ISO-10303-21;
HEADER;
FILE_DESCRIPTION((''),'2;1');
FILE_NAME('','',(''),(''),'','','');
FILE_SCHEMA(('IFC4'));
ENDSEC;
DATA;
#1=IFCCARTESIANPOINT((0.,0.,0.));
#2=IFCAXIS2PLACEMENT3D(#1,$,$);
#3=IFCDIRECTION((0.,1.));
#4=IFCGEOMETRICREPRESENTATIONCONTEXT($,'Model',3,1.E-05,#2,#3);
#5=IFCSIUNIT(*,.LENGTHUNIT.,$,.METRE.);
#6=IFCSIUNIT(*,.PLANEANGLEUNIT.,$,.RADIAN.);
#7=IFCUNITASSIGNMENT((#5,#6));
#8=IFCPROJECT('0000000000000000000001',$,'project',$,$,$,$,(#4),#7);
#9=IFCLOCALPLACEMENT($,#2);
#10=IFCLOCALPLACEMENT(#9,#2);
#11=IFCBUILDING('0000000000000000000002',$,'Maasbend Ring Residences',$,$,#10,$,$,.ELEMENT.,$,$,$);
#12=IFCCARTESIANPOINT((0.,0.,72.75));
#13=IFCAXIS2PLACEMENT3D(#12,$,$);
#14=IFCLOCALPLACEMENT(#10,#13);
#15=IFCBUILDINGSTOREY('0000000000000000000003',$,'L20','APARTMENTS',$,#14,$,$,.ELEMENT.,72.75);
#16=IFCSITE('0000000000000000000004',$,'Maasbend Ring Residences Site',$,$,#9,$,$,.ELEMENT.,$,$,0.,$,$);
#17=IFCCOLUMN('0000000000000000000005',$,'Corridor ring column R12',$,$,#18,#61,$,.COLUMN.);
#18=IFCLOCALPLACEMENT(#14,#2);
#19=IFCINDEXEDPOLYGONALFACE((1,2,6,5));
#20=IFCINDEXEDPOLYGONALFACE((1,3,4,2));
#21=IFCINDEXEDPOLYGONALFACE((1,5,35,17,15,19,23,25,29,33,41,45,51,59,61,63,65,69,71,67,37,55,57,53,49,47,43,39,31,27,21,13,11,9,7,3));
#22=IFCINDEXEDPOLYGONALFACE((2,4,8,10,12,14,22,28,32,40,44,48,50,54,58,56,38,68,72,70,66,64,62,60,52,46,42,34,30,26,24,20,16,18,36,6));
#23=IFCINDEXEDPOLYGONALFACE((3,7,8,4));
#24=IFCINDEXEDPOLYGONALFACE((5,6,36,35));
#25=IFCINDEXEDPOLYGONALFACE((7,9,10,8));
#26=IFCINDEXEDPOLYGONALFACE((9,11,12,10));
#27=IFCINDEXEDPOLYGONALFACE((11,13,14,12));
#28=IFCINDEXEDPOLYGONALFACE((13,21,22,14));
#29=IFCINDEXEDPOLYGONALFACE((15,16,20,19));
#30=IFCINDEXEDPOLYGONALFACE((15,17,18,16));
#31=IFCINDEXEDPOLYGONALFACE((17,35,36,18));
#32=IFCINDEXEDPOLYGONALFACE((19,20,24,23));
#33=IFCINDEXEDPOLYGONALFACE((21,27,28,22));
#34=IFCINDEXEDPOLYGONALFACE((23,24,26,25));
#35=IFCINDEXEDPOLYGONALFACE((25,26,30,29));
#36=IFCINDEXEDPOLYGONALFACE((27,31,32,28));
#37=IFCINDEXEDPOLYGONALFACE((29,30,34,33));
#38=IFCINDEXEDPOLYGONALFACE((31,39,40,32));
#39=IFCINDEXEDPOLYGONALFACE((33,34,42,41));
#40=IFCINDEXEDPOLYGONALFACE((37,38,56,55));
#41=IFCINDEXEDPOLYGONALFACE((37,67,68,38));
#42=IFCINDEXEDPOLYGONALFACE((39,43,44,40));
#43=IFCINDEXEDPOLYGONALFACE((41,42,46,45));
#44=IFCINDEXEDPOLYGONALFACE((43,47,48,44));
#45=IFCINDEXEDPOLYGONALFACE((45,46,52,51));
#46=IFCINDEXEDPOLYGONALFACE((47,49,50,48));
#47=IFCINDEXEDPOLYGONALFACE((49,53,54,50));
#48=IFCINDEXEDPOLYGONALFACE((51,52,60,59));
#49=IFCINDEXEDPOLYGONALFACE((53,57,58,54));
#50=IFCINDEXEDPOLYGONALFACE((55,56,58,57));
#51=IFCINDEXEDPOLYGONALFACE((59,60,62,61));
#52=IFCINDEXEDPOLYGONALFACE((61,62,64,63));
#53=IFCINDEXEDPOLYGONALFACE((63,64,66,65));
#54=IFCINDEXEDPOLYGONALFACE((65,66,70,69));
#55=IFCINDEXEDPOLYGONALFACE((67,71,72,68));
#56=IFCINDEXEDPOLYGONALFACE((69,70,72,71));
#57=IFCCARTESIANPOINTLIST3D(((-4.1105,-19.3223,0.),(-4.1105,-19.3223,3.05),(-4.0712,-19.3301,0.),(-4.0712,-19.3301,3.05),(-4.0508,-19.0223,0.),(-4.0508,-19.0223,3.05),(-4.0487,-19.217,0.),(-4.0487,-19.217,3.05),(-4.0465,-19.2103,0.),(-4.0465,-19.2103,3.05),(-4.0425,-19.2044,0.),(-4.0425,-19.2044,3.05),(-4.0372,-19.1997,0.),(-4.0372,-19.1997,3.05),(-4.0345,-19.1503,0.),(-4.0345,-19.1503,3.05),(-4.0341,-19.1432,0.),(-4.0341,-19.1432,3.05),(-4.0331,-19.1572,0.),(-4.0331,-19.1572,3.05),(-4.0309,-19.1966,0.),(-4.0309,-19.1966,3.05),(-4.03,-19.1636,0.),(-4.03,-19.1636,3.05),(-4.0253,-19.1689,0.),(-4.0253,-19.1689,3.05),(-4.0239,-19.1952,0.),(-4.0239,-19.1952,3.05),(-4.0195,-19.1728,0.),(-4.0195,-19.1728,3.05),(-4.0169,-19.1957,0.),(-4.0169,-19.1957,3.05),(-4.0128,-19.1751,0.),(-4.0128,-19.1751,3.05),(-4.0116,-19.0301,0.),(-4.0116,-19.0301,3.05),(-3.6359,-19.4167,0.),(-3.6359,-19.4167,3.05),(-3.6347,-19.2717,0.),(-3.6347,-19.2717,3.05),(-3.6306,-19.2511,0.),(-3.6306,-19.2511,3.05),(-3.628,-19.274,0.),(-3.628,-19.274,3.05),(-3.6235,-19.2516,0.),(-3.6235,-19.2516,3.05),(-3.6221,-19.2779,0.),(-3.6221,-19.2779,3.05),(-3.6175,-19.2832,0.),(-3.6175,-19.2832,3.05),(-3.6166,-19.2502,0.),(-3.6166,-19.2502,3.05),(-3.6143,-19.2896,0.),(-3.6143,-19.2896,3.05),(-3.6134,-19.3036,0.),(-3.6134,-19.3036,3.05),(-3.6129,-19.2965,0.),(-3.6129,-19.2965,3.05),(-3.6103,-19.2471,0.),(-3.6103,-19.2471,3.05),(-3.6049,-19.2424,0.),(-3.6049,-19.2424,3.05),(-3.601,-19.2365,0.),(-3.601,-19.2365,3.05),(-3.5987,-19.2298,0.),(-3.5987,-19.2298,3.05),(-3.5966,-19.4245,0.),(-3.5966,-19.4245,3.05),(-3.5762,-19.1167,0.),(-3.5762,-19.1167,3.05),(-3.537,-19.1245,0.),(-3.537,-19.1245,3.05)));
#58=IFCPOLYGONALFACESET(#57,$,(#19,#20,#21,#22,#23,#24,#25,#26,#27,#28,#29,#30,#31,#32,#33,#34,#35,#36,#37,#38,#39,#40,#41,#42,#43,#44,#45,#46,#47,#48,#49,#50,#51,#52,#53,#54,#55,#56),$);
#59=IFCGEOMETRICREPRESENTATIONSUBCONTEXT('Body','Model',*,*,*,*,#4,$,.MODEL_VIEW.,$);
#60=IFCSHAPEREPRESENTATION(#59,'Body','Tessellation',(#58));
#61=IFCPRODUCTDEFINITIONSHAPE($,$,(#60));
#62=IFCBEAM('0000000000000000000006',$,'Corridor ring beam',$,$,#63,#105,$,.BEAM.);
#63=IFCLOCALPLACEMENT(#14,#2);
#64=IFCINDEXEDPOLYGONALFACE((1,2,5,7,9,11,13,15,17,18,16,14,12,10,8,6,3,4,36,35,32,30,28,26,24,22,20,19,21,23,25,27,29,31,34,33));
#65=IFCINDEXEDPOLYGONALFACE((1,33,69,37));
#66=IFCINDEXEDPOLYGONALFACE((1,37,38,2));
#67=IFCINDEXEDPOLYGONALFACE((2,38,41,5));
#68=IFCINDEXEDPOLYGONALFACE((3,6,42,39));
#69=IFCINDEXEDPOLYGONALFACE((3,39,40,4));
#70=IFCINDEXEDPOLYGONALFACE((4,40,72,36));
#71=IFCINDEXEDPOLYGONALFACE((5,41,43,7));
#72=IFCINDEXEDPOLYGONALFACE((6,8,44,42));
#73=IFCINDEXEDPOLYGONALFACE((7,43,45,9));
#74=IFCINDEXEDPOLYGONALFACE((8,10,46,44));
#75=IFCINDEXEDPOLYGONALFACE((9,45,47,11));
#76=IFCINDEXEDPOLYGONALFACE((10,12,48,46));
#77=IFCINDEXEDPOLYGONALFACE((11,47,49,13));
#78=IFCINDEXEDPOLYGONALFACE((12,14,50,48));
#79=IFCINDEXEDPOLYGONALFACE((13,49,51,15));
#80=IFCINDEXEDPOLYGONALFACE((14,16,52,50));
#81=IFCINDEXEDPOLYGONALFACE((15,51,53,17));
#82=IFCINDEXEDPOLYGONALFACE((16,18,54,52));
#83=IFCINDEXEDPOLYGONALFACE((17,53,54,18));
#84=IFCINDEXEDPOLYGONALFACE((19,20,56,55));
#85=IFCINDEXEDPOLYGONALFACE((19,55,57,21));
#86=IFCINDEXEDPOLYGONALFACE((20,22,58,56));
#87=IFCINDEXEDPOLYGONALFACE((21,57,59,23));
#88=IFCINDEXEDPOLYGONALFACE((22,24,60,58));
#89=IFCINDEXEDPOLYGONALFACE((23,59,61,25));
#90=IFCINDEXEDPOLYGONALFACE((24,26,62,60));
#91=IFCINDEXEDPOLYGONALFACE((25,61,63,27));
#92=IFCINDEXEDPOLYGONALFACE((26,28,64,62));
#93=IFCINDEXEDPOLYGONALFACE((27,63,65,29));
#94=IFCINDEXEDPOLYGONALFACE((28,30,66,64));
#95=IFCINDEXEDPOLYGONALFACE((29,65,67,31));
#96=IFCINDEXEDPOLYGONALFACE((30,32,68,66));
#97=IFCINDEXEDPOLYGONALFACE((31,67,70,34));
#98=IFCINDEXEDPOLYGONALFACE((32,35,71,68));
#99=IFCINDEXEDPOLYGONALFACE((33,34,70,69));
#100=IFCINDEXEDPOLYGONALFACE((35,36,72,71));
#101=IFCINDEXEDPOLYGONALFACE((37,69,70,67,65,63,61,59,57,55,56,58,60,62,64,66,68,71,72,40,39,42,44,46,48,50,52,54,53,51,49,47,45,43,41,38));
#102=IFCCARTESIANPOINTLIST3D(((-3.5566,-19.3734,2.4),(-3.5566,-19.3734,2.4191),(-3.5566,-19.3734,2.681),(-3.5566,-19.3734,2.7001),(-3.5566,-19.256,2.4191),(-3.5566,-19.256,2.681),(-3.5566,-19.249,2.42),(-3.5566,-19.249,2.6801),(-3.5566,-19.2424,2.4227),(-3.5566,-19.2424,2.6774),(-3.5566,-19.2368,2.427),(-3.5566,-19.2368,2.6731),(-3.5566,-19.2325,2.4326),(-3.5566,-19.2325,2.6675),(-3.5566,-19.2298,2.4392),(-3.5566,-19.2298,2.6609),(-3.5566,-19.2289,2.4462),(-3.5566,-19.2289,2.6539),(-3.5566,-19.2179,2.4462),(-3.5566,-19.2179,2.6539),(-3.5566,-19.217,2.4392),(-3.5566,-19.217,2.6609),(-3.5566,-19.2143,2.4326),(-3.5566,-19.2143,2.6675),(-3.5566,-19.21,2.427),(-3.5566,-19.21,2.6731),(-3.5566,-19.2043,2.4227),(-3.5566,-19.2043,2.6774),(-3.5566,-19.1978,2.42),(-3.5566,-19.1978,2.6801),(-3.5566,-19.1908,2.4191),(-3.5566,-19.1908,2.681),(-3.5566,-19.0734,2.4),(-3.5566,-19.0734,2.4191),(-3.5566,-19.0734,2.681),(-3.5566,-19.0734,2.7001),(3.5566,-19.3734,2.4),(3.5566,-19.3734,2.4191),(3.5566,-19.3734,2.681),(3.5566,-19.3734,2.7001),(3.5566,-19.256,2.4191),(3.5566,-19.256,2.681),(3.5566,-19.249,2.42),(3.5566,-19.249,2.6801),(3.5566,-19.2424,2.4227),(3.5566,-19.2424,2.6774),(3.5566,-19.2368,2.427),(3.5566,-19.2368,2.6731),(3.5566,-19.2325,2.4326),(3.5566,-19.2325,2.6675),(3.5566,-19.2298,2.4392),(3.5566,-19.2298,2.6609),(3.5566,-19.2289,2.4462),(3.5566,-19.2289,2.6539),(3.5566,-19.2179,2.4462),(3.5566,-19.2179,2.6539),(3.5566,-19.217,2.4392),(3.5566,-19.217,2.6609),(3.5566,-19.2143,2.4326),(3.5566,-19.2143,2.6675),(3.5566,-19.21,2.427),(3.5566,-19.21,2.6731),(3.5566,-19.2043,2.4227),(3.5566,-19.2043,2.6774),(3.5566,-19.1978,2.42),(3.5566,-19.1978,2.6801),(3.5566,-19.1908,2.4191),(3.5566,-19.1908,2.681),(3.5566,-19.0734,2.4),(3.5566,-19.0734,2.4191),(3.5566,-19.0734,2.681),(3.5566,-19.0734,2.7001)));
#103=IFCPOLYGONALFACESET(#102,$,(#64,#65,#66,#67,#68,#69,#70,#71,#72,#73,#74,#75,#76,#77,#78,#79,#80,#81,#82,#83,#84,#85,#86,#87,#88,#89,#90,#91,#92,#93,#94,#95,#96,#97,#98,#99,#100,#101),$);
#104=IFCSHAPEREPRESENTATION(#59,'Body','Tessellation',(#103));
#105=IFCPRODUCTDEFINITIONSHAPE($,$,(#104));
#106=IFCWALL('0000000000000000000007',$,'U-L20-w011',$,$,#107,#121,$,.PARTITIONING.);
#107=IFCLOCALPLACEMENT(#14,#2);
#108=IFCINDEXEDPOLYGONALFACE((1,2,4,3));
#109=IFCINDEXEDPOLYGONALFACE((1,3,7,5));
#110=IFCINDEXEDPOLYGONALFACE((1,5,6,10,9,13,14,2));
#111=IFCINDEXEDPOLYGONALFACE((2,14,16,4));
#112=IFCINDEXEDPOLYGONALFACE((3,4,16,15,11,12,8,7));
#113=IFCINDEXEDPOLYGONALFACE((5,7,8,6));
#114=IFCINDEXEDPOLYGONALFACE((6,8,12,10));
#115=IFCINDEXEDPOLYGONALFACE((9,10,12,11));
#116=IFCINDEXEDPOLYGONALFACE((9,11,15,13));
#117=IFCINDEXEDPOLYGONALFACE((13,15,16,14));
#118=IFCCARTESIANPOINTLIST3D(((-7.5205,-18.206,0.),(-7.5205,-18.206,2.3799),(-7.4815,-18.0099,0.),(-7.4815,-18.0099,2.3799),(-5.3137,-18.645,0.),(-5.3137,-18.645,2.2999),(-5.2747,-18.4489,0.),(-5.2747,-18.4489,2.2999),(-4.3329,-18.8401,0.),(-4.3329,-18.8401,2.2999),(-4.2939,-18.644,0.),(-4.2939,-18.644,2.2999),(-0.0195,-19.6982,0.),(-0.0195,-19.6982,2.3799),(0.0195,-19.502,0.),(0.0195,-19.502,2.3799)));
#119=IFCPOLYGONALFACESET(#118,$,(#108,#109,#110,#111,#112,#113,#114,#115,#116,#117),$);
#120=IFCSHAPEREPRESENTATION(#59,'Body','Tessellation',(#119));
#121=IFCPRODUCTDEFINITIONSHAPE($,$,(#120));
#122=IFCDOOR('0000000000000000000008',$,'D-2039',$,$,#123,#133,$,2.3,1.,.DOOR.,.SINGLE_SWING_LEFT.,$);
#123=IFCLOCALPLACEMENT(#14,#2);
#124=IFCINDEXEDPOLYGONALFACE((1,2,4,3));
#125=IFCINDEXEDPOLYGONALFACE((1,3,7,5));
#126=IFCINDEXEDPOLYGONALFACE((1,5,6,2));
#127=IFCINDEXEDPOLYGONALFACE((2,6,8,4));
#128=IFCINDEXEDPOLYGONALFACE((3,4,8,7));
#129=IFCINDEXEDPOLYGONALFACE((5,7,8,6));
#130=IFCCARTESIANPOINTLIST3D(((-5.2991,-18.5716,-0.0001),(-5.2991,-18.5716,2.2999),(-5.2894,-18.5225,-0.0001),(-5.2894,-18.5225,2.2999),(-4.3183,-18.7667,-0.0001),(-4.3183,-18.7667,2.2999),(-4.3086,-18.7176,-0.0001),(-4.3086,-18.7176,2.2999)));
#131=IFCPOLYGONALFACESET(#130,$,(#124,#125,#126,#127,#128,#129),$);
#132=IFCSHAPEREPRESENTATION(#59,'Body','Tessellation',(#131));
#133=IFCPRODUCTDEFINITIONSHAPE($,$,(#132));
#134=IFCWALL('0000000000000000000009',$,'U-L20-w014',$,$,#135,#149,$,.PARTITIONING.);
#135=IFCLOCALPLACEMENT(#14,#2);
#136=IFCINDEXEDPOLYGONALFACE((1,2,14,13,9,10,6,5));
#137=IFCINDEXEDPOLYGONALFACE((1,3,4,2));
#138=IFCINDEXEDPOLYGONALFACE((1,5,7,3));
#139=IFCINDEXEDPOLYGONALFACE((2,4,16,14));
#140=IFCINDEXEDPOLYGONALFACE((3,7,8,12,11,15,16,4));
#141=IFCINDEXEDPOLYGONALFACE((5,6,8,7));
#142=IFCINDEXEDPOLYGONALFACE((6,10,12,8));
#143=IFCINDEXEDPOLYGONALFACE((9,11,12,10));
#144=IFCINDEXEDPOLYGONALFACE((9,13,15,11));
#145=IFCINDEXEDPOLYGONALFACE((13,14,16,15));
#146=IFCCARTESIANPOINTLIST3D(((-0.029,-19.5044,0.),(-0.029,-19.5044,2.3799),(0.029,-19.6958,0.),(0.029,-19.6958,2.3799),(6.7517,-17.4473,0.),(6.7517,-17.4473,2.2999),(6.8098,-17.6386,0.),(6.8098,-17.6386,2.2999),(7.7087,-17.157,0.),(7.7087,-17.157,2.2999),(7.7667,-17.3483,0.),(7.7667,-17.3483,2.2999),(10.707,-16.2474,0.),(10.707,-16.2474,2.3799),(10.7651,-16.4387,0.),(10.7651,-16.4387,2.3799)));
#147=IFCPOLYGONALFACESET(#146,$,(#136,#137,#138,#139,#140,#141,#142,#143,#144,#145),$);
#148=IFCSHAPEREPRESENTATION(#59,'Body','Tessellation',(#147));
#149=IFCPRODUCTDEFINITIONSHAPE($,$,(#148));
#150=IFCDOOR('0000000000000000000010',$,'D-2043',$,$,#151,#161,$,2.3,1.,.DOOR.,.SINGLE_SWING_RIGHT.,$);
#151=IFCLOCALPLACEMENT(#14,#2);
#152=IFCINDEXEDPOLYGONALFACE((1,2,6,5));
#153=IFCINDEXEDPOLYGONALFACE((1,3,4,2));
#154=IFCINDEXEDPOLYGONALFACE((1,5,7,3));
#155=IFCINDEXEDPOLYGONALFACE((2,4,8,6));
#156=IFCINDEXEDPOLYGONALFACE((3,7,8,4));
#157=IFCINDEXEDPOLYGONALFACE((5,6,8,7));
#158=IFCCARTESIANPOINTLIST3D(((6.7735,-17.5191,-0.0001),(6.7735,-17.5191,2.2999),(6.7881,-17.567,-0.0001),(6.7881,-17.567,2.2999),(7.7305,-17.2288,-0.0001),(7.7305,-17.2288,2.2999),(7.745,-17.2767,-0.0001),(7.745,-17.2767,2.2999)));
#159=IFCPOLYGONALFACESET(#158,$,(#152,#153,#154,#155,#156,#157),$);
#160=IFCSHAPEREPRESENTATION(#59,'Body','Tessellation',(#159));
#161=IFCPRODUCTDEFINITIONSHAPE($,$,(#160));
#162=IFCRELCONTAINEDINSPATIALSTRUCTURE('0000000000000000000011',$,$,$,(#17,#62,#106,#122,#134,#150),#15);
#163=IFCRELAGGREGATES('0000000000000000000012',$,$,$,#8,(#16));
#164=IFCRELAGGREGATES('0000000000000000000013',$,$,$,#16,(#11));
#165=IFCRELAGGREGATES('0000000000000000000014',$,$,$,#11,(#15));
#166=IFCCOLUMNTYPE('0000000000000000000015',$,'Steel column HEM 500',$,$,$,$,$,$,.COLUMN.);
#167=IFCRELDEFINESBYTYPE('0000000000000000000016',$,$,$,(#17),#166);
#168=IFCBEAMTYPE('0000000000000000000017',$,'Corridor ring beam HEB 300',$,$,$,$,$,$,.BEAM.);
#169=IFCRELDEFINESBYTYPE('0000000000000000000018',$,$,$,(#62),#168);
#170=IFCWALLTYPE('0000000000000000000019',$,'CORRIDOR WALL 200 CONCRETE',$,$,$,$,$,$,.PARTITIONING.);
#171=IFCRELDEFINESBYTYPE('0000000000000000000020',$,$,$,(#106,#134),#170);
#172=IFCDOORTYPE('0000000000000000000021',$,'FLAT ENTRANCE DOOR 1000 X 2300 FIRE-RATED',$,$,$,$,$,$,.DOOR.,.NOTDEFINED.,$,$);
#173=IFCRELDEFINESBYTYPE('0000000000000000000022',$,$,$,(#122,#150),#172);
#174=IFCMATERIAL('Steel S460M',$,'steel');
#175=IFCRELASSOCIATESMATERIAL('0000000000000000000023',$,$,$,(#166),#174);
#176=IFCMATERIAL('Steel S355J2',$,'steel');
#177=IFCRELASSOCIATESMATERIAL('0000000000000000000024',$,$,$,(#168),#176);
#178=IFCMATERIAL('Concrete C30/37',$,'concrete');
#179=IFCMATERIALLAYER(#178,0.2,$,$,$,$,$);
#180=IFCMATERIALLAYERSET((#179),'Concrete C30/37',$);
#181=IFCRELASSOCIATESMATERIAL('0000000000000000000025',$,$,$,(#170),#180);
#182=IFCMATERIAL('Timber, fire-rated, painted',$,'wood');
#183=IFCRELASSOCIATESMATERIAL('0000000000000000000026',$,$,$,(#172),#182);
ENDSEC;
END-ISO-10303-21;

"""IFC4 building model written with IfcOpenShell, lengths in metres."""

from ifc_helpers import new_model, si_unit, direction, frame, frame_2d, origin, origin_2d, place, context, subcontext, project, spatial, rectangle, i_section, extrude, material, layer, layer_set, material_profile, profile_set, type_object, element, fill, save


model = new_model("IFC4")

# Units and contexts
model_context = context("Model", 3, precision=1e-05, world=origin(), true_north=direction((0.0, 1.0)))
body_context = subcontext(model_context, "Body", "Model", "MODEL_VIEW")
ifc_project = project(units=[si_unit("LENGTHUNIT", "METRE"), si_unit("PLANEANGLEUNIT", "RADIAN")], contexts=[model_context])

# Site, building, storey
site_placement = place(None, origin())
site = spatial("IfcSite", under=ifc_project, at=site_placement, Name="Maasbend Ring Residences Site", CompositionType="ELEMENT", RefElevation=0.0)
building_placement = place(site_placement, origin())
building = spatial("IfcBuilding", under=site, at=building_placement, Name="Maasbend Ring Residences", CompositionType="ELEMENT")
storey_placement = place(building_placement, frame((0.0, 0.0, 72.75)))
storey = spatial("IfcBuildingStorey", under=building, at=storey_placement, Name="L20", Description="APARTMENTS", CompositionType="ELEMENT", Elevation=72.75)

# Column
ifc_material_1 = material(Name="Steel S460M", Category="steel")
ifc_material_profile_1 = material_profile(ifc_material_1, i_section(OverallWidth=0.3059, OverallDepth=0.5239, WebThickness=0.021, FlangeThickness=0.04, FilletRadius=0.0271, at=origin_2d()), Name="HEM 500")
ifc_profile_set_1 = profile_set([ifc_material_profile_1], Name="Steel S460M")
column_type = type_object("IfcColumnType", Name="Steel column HEM 500", PredefinedType="COLUMN", material=ifc_profile_set_1)
column_placement = place(storey_placement, frame((-3.8237, -19.2234, 0.0), z_axis=(0.0, 0.0, 1.0), x_axis=(-0.19509, -0.980785, 0.0)))
element("IfcColumn", 1, at=column_placement, inside=storey, type_object=column_type, Name="Corridor ring column R12", PredefinedType="COLUMN", context=body_context, shape_type="SweptSolid", body=[
    extrude(i_section(OverallWidth=0.3059, OverallDepth=0.5239, WebThickness=0.021, FlangeThickness=0.04, FilletRadius=0.0271, at=origin_2d()), origin(), (0.0, 0.0, 1.0), 3.05),
])

# Beam
ifc_material_2 = material(Name="Steel S355J2", Category="steel")
ifc_material_profile_2 = material_profile(ifc_material_2, i_section(OverallWidth=0.3, OverallDepth=0.3, WebThickness=0.011, FlangeThickness=0.019, FilletRadius=0.0271, at=origin_2d()), Name="HEB 300")
ifc_profile_set_2 = profile_set([ifc_material_profile_2], Name="Steel S355J2")
beam_type = type_object("IfcBeamType", Name="Corridor ring beam HEB 300", PredefinedType="BEAM", material=ifc_profile_set_2)
beam_placement = place(storey_placement, frame((-3.5566, -19.2234, 2.55), z_axis=(1.0, 0.0, 0.0), x_axis=(0.0, 1.0, 0.0)))
element("IfcBeam", 2, at=beam_placement, inside=storey, type_object=beam_type, Name="Corridor ring beam", PredefinedType="BEAM", context=body_context, shape_type="SweptSolid", body=[
    extrude(i_section(OverallWidth=0.3, OverallDepth=0.3, WebThickness=0.011, FlangeThickness=0.019, FilletRadius=0.0271, at=origin_2d()), origin(), (0.0, 0.0, 1.0), 7.1133),
])

# Walls, openings, doors
ifc_material_3 = material(Name="Concrete C30/37", Category="concrete")
ifc_layer_1 = layer(ifc_material_3, 0.2)
ifc_layer_set_1 = layer_set([ifc_layer_1], Name="Concrete C30/37")
wall_type_1 = type_object("IfcWallType", Name="CORRIDOR WALL 200 CONCRETE", PredefinedType="PARTITIONING", material=ifc_layer_set_1)
wall_1_placement = place(storey_placement, frame((-7.501, -18.1079, 0.0), z_axis=(0.0, 0.0, 1.0), x_axis=(0.980782, -0.195109, 0.0)))
wall_1 = element("IfcWall", 3, at=wall_1_placement, inside=storey, type_object=wall_type_1, Name="U-L20-w011", PredefinedType="PARTITIONING", context=body_context, shape_type="SweptSolid", body=[
    extrude(rectangle(XDim=7.6479, YDim=0.2, at=frame_2d((3.824, 0.0))), origin(), (0.0, 0.0, 1.0), 2.3799),
])
opening_1_placement = place(wall_1_placement, frame((2.25, 0.0, 0.0)))
opening_1 = element("IfcOpeningElement", 4, at=opening_1_placement, cuts=wall_1, PredefinedType="OPENING", context=body_context, shape_type="SweptSolid", body=[
    extrude(rectangle(XDim=1.0, YDim=2.3, at=frame_2d((0.5, 1.1499))), frame((0.0, 0.1099, 0.0), z_axis=(0.0, -1.0, 0.0), x_axis=(1.0, 0.0, 0.0)), (0.0, 0.0, 1.0), 0.22),
])
ifc_material_4 = material(Name="Timber, fire-rated, painted", Category="wood")
door_type_1 = type_object("IfcDoorType", Name="FLAT ENTRANCE DOOR 1000 X 2300 FIRE-RATED", OperationType="NOTDEFINED", PredefinedType="DOOR", material=ifc_material_4)
door_1_placement = place(opening_1_placement, origin())
door_1 = element("IfcDoor", 5, at=door_1_placement, inside=storey, type_object=door_type_1, Name="D-2039", OperationType="SINGLE_SWING_LEFT", OverallHeight=2.3, OverallWidth=1.0, PredefinedType="DOOR", context=body_context, shape_type="SweptSolid", body=[
    extrude(rectangle(XDim=1.0, YDim=2.3, at=frame_2d((0.5, 1.1499))), frame((0.0, 0.0249, 0.0), z_axis=(0.0, -1.0, 0.0), x_axis=(1.0, 0.0, 0.0)), (0.0, 0.0, 1.0), 0.05),
])
fill(opening_1, door_1)
wall_2_placement = place(storey_placement, frame((0.0, -19.6001, 0.0), z_axis=(0.0, 0.0, 1.0), x_axis=(0.956932, 0.290311, 0.0)))
wall_2 = element("IfcWall", 6, at=wall_2_placement, inside=storey, type_object=wall_type_1, Name="U-L20-w014", PredefinedType="PARTITIONING", context=body_context, shape_type="SweptSolid", body=[
    extrude(rectangle(XDim=11.2192, YDim=0.2, at=frame_2d((5.6096, 0.0))), origin(), (0.0, 0.0, 1.0), 2.3799),
])
opening_2_placement = place(wall_2_placement, frame((7.0859, 0.0, 0.0)))
opening_2 = element("IfcOpeningElement", 7, at=opening_2_placement, cuts=wall_2, PredefinedType="OPENING", context=body_context, shape_type="SweptSolid", body=[
    extrude(rectangle(XDim=1.0, YDim=2.3, at=frame_2d((0.5, 1.1499))), frame((0.0, 0.1099, 0.0), z_axis=(0.0, -1.0, 0.0), x_axis=(1.0, 0.0, 0.0)), (0.0, 0.0, 1.0), 0.22),
])
door_2_placement = place(opening_2_placement, origin())
door_2 = element("IfcDoor", 8, at=door_2_placement, inside=storey, type_object=door_type_1, Name="D-2043", OperationType="SINGLE_SWING_RIGHT", OverallHeight=2.3, OverallWidth=1.0, PredefinedType="DOOR", context=body_context, shape_type="SweptSolid", body=[
    extrude(rectangle(XDim=1.0, YDim=2.3, at=frame_2d((0.5, 1.1499))), frame((0.0, 0.0249, 0.0), z_axis=(0.0, -1.0, 0.0), x_axis=(1.0, 0.0, 0.0)), (0.0, 0.0, 1.0), 0.05),
])
fill(opening_2, door_2)

save(model, "model.ifc")
